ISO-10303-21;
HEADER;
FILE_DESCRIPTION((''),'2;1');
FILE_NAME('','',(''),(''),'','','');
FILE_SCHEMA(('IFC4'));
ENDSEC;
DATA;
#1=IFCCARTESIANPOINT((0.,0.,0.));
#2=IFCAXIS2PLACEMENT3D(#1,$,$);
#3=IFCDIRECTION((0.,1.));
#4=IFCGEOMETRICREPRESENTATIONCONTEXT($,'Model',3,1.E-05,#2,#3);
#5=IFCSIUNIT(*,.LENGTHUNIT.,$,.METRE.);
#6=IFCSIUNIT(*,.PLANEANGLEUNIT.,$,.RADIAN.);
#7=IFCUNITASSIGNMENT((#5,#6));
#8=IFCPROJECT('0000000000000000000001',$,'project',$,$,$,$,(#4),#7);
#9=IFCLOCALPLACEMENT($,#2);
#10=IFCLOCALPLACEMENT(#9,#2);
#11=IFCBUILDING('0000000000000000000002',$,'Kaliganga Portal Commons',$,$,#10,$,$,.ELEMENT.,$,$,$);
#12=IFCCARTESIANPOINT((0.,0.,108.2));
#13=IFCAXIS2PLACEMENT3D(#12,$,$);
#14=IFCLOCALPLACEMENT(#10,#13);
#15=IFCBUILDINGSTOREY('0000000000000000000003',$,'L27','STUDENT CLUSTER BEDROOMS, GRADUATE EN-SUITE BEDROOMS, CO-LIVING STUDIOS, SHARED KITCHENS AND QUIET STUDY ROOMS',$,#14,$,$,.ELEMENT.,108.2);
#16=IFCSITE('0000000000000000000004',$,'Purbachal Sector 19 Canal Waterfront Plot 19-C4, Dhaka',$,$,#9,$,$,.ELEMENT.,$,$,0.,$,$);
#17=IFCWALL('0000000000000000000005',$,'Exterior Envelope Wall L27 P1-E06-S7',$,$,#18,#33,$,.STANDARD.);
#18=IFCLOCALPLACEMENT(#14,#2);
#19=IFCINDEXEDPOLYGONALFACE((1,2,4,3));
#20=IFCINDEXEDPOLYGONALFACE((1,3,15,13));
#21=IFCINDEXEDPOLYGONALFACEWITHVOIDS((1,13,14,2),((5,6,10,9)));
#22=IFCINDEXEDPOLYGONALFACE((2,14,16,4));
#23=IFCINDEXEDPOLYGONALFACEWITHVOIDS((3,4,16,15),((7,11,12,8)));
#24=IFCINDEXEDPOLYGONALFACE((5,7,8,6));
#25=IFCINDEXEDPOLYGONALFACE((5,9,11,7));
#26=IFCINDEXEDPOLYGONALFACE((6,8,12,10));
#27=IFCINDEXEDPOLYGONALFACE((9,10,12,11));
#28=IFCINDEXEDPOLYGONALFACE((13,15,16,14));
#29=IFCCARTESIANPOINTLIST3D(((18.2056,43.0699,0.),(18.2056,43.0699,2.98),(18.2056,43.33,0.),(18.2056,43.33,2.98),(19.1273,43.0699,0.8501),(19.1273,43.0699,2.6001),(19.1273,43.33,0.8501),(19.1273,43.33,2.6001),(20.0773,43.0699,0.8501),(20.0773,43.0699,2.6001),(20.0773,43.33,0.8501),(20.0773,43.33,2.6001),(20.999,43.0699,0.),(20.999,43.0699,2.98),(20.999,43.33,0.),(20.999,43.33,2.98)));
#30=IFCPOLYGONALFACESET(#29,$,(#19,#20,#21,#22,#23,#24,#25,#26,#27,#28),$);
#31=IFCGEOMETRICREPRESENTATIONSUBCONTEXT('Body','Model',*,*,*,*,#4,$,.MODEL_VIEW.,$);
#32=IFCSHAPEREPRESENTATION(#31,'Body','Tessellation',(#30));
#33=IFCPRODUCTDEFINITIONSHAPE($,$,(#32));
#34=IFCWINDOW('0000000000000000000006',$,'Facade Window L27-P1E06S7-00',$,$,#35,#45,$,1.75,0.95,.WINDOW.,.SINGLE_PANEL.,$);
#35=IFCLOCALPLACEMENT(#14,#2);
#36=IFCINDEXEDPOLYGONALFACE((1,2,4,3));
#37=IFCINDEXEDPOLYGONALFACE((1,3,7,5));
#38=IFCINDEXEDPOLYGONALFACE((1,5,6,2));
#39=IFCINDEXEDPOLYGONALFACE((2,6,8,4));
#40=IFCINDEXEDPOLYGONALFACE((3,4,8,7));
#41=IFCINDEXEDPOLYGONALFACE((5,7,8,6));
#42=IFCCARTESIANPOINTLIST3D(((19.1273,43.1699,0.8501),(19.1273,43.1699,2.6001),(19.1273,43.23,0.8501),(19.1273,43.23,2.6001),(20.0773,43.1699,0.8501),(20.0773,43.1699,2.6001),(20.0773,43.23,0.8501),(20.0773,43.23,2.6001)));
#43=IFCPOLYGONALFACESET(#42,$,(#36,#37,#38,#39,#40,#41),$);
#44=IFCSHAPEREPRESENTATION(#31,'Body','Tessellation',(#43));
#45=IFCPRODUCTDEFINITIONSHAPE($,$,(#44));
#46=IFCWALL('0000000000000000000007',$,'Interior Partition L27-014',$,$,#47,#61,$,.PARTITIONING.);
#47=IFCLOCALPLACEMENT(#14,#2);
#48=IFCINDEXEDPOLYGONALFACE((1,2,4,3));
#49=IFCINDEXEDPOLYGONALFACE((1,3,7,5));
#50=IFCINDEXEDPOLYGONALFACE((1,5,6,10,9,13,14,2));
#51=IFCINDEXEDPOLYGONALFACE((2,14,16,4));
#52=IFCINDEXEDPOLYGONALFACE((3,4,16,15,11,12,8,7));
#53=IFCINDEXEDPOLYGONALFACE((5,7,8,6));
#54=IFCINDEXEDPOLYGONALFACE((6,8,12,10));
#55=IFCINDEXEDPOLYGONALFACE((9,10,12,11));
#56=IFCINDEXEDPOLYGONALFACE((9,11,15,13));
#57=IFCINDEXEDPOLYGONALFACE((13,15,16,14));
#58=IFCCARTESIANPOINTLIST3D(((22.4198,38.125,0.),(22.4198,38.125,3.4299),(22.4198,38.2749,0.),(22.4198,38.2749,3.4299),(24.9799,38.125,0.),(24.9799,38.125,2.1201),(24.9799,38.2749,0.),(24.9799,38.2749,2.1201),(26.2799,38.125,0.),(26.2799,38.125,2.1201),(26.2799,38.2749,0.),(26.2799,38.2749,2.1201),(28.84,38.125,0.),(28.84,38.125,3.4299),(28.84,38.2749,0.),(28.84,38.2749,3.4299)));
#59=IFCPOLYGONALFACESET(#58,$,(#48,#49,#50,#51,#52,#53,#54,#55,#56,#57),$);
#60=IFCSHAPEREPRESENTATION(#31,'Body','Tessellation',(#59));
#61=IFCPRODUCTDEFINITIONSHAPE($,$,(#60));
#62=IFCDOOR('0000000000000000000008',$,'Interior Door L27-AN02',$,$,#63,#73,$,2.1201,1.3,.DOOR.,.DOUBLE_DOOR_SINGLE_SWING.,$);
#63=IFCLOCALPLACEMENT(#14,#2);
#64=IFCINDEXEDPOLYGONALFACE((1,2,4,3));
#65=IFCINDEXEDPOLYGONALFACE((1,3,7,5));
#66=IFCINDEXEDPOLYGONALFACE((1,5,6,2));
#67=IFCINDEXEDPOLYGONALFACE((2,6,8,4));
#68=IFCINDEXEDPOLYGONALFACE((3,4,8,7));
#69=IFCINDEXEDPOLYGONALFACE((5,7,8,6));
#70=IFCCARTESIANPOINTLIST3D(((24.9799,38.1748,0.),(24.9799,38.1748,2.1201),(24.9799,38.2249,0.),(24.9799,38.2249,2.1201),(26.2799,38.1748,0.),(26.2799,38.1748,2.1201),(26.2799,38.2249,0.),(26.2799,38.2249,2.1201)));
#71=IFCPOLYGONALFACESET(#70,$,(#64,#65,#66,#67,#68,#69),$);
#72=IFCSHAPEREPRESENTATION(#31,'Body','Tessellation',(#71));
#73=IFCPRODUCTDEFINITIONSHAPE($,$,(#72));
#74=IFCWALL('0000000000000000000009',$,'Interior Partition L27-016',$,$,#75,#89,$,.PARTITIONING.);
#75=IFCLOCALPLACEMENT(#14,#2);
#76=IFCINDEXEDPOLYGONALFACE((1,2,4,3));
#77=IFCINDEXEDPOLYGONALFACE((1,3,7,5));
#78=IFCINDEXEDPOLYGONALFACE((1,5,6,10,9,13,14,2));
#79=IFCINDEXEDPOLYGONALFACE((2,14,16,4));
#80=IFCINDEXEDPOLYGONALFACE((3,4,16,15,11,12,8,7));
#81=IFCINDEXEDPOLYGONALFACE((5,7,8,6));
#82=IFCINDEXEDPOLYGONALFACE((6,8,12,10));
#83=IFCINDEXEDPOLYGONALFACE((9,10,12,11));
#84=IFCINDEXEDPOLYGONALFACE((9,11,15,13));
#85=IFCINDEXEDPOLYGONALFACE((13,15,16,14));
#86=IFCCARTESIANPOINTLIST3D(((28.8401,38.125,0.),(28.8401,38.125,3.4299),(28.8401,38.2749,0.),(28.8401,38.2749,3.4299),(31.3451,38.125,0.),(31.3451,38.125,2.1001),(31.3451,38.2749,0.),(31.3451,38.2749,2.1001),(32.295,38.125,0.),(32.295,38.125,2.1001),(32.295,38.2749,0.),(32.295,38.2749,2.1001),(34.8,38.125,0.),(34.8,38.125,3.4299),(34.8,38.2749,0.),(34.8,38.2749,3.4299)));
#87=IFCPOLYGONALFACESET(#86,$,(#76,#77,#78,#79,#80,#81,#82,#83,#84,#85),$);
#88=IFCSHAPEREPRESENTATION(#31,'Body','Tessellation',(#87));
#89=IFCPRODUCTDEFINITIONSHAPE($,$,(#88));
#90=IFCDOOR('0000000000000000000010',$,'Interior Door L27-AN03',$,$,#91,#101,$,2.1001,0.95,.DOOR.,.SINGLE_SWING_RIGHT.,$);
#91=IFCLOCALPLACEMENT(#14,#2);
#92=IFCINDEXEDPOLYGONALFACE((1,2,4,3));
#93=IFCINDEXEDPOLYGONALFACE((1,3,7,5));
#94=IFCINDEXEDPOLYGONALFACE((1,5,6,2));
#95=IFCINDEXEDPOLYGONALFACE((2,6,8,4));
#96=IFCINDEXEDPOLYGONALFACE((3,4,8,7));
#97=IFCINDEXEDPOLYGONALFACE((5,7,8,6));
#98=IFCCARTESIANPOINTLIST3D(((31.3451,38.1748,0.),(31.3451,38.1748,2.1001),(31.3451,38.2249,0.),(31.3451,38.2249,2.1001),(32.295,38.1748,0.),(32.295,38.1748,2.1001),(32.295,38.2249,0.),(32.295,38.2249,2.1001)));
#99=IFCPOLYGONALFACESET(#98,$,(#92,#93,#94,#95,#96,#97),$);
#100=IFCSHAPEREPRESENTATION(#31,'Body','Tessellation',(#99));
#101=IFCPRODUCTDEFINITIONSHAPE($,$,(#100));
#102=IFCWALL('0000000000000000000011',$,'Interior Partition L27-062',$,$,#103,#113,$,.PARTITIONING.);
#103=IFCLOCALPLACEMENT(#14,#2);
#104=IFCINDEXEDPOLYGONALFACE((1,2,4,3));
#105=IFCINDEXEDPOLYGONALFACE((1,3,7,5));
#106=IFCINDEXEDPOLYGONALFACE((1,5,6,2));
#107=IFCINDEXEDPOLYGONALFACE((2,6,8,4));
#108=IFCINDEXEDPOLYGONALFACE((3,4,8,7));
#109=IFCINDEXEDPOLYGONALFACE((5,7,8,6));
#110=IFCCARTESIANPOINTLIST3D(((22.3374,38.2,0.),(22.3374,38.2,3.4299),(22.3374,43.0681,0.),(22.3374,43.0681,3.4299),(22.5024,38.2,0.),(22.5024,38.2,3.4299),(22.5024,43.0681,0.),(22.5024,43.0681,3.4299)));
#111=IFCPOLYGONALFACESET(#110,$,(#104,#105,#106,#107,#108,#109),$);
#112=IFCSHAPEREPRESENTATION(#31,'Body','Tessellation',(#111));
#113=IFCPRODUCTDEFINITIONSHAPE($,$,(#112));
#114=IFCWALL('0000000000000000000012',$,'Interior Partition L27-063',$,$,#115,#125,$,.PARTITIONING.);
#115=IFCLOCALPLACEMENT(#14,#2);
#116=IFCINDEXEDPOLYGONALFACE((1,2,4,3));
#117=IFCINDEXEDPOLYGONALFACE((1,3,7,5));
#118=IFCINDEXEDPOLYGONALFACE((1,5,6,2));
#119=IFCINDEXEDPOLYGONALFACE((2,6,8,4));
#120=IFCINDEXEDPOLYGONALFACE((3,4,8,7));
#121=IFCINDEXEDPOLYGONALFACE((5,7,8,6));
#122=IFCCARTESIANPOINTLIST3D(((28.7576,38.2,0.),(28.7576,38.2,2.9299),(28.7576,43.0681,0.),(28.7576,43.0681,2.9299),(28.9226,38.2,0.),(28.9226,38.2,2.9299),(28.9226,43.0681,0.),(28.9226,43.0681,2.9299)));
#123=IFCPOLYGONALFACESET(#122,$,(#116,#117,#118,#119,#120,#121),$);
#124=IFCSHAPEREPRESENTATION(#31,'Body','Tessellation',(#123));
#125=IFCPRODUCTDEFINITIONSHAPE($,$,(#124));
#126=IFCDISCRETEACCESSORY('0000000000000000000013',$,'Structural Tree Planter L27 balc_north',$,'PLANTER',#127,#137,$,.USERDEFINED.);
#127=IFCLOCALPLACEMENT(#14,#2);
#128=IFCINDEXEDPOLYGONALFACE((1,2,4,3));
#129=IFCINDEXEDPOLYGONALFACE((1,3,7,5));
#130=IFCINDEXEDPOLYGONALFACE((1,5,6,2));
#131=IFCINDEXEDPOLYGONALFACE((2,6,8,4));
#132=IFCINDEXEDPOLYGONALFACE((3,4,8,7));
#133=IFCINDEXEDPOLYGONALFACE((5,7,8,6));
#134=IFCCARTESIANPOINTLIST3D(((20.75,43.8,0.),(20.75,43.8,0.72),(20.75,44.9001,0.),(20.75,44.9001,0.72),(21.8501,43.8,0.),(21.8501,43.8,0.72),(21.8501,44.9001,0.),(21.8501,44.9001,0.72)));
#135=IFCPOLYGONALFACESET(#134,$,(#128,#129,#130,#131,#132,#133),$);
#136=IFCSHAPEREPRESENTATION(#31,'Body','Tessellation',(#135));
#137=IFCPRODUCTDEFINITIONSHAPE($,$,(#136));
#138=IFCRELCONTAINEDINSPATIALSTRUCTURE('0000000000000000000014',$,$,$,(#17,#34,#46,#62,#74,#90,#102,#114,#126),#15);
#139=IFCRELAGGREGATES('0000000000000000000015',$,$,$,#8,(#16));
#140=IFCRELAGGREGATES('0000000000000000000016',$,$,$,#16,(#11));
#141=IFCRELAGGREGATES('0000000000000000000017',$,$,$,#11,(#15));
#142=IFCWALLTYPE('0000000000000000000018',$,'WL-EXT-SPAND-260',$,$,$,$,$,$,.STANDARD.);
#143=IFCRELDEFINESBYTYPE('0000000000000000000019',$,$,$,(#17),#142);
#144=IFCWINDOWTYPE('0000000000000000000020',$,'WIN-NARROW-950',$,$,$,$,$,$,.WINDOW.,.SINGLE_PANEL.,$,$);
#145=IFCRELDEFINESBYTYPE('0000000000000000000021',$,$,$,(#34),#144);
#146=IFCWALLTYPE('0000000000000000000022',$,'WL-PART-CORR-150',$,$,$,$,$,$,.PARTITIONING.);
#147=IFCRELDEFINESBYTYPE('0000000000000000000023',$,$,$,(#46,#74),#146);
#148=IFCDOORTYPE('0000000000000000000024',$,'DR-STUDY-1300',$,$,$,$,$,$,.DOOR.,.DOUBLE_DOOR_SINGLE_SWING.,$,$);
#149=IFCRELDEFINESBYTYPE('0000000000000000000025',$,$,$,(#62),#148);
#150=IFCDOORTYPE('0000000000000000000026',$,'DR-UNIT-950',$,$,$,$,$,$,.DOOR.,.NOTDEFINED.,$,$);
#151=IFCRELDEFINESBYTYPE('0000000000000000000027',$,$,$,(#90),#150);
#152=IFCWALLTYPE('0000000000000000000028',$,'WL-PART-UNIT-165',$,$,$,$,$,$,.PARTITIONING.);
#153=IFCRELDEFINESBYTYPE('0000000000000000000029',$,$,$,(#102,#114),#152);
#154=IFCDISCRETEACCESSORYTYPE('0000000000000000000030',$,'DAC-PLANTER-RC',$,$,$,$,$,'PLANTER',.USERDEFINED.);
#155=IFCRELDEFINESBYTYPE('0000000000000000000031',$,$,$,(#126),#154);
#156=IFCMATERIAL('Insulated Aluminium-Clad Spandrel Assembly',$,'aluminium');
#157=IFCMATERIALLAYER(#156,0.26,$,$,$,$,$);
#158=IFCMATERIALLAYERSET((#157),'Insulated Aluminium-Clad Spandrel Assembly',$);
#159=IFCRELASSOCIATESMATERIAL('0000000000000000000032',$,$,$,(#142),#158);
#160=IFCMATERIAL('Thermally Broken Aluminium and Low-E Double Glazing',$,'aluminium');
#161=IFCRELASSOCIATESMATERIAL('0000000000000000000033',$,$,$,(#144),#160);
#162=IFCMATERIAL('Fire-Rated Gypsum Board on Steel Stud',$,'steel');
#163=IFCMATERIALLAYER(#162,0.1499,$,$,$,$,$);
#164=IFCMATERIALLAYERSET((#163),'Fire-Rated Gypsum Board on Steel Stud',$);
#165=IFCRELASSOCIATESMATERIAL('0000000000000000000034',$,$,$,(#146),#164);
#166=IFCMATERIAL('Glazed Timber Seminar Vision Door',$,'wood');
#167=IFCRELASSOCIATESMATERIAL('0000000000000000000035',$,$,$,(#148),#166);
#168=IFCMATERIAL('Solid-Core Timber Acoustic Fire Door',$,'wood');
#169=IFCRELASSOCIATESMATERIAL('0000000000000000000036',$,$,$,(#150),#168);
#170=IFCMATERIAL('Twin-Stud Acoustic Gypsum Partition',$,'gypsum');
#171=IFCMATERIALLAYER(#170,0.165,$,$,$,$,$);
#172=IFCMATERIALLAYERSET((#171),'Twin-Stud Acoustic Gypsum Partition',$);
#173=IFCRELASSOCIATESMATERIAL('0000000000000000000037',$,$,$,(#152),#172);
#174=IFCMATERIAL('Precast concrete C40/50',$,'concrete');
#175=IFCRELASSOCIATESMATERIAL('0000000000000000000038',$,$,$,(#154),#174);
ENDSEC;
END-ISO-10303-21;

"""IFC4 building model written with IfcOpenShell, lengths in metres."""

from ifc_helpers import new_model, si_unit, direction, frame, frame_2d, origin, origin_2d, place, context, subcontext, project, spatial, rectangle, extrude, source, transform, mapped, material, layer, layer_set, type_object, element, fill, save


model = new_model("IFC4")

# Units and contexts
model_context = context("Model", 3, precision=1e-05, world=origin(), true_north=direction((0.0, 1.0)))
body_context = subcontext(model_context, "Body", "Model", "MODEL_VIEW")
ifc_project = project(units=[si_unit("LENGTHUNIT", "METRE"), si_unit("PLANEANGLEUNIT", "RADIAN")], contexts=[model_context])

# Site, building, storey
site_placement = place(None, origin())
site = spatial("IfcSite", under=ifc_project, at=site_placement, Name="Purbachal Sector 19 Canal Waterfront Plot 19-C4, Dhaka", CompositionType="ELEMENT", RefElevation=0.0)
building_placement = place(site_placement, origin())
building = spatial("IfcBuilding", under=site, at=building_placement, Name="Kaliganga Portal Commons", CompositionType="ELEMENT")
storey_placement = place(building_placement, frame((0.0, 0.0, 108.2)))
storey = spatial("IfcBuildingStorey", under=building, at=storey_placement, Name="L27", Description="STUDENT CLUSTER BEDROOMS, GRADUATE EN-SUITE BEDROOMS, CO-LIVING STUDIOS, SHARED KITCHENS AND QUIET STUDY ROOMS", CompositionType="ELEMENT", Elevation=108.2)

# Wall, opening, window
ifc_material_1 = material(Name="Insulated Aluminium-Clad Spandrel Assembly", Category="aluminium")
ifc_layer_1 = layer(ifc_material_1, 0.26)
ifc_layer_set_1 = layer_set([ifc_layer_1], Name="Insulated Aluminium-Clad Spandrel Assembly")
wall_type_1 = type_object("IfcWallType", Name="WL-EXT-SPAND-260", PredefinedType="STANDARD", material=ifc_layer_set_1)
ifc_material_2 = material(Name="Thermally Broken Aluminium and Low-E Double Glazing", Category="aluminium")
window_type = type_object("IfcWindowType", Name="WIN-NARROW-950", PartitioningType="SINGLE_PANEL", PredefinedType="WINDOW", material=ifc_material_2)
wall_1_placement = place(storey_placement, frame((18.2056, 43.2, 0.0), z_axis=(0.0, 0.0, 1.0), x_axis=(1.0, 0.0, 0.0)))
wall_1 = element("IfcWall", 1, at=wall_1_placement, inside=storey, type_object=wall_type_1, Name="Exterior Envelope Wall L27 P1-E06-S7", PredefinedType="STANDARD", context=body_context, shape_type="SweptSolid", body=[
    extrude(rectangle(XDim=2.7935, YDim=0.26, at=frame_2d((1.3967, 0.0))), origin(), (0.0, 0.0, 1.0), 2.98),
])
opening_1_placement = place(wall_1_placement, frame((0.9216, 0.0, 0.8501)))
opening_1 = element("IfcOpeningElement", 2, at=opening_1_placement, cuts=wall_1, PredefinedType="OPENING", context=body_context, shape_type="SweptSolid", body=[
    extrude(rectangle(XDim=0.95, YDim=1.75, at=frame_2d((0.4751, 0.875))), frame((0.0, 0.1401, 0.0), z_axis=(0.0, -1.0, 0.0), x_axis=(1.0, 0.0, 0.0)), (0.0, 0.0, 1.0), 0.28),
])
window_1_placement = place(opening_1_placement, origin())
window_1 = element("IfcWindow", 3, at=window_1_placement, inside=storey, type_object=window_type, Name="Facade Window L27-P1E06S7-00", OverallHeight=1.75, OverallWidth=0.95, PartitioningType="SINGLE_PANEL", PredefinedType="WINDOW", context=body_context, shape_type="SweptSolid", body=[
    extrude(rectangle(XDim=0.95, YDim=1.75, at=frame_2d((0.4751, 0.875))), frame((0.0, 0.03, 0.0), z_axis=(0.0, -1.0, 0.0), x_axis=(1.0, 0.0, 0.0)), (0.0, 0.0, 1.0), 0.0601),
])
fill(opening_1, window_1)

# Walls, openings, doors
ifc_material_3 = material(Name="Fire-Rated Gypsum Board on Steel Stud", Category="steel")
ifc_layer_2 = layer(ifc_material_3, 0.1499)
ifc_layer_set_2 = layer_set([ifc_layer_2], Name="Fire-Rated Gypsum Board on Steel Stud")
wall_type_2 = type_object("IfcWallType", Name="WL-PART-CORR-150", PredefinedType="PARTITIONING", material=ifc_layer_set_2)
wall_2_placement = place(storey_placement, frame((22.4199, 38.2, 0.0), z_axis=(0.0, 0.0, 1.0), x_axis=(1.0, 0.0, 0.0)))
wall_2 = element("IfcWall", 4, at=wall_2_placement, inside=storey, type_object=wall_type_2, Name="Interior Partition L27-014", PredefinedType="PARTITIONING", context=body_context, shape_type="SweptSolid", body=[
    extrude(rectangle(XDim=6.4202, YDim=0.1499, at=frame_2d((3.21, 0.0))), origin(), (0.0, 0.0, 1.0), 3.4299),
])
opening_2_placement = place(wall_2_placement, frame((2.5601, 0.0, 0.0)))
opening_2 = element("IfcOpeningElement", 5, at=opening_2_placement, cuts=wall_2, PredefinedType="OPENING", context=body_context, shape_type="SweptSolid", body=[
    extrude(rectangle(XDim=1.3, YDim=2.1201, at=frame_2d((0.6499, 1.0601))), frame((0.0, 0.085, 0.0), z_axis=(0.0, -1.0, 0.0), x_axis=(1.0, 0.0, 0.0)), (0.0, 0.0, 1.0), 0.1699),
])
ifc_material_4 = material(Name="Glazed Timber Seminar Vision Door", Category="wood")
door_type_1 = type_object("IfcDoorType", Name="DR-STUDY-1300", OperationType="DOUBLE_DOOR_SINGLE_SWING", PredefinedType="DOOR", material=ifc_material_4)
door_1_placement = place(opening_2_placement, origin())
door_1 = element("IfcDoor", 6, at=door_1_placement, inside=storey, type_object=door_type_1, Name="Interior Door L27-AN02", OperationType="DOUBLE_DOOR_SINGLE_SWING", OverallHeight=2.1201, OverallWidth=1.3, PredefinedType="DOOR", context=body_context, shape_type="SweptSolid", body=[
    extrude(rectangle(XDim=1.3, YDim=2.1201, at=frame_2d((0.6499, 1.0601))), frame((0.0, 0.0249, 0.0), z_axis=(0.0, -1.0, 0.0), x_axis=(1.0, 0.0, 0.0)), (0.0, 0.0, 1.0), 0.05),
])
fill(opening_2, door_1)
wall_3_placement = place(storey_placement, frame((28.8401, 38.2, 0.0), z_axis=(0.0, 0.0, 1.0), x_axis=(1.0, 0.0, 0.0)))
wall_3 = element("IfcWall", 7, at=wall_3_placement, inside=storey, type_object=wall_type_2, Name="Interior Partition L27-016", PredefinedType="PARTITIONING", context=body_context, shape_type="SweptSolid", body=[
    extrude(rectangle(XDim=5.96, YDim=0.1499, at=frame_2d((2.98, 0.0))), origin(), (0.0, 0.0, 1.0), 3.4299),
])
opening_3_placement = place(wall_3_placement, frame((2.5049, 0.0, 0.0)))
opening_3 = element("IfcOpeningElement", 8, at=opening_3_placement, cuts=wall_3, PredefinedType="OPENING", context=body_context, shape_type="SweptSolid", body=[
    extrude(rectangle(XDim=0.95, YDim=2.1001, at=frame_2d((0.4751, 1.05))), frame((0.0, 0.085, 0.0), z_axis=(0.0, -1.0, 0.0), x_axis=(1.0, 0.0, 0.0)), (0.0, 0.0, 1.0), 0.1699),
])
ifc_material_5 = material(Name="Solid-Core Timber Acoustic Fire Door", Category="wood")
door_type_2 = type_object("IfcDoorType", Name="DR-UNIT-950", OperationType="NOTDEFINED", PredefinedType="DOOR", material=ifc_material_5)
door_2_placement = place(opening_3_placement, origin())
door_2 = element("IfcDoor", 9, at=door_2_placement, inside=storey, type_object=door_type_2, Name="Interior Door L27-AN03", OperationType="SINGLE_SWING_RIGHT", OverallHeight=2.1001, OverallWidth=0.95, PredefinedType="DOOR", context=body_context, shape_type="SweptSolid", body=[
    extrude(rectangle(XDim=0.95, YDim=2.1001, at=frame_2d((0.4751, 1.05))), frame((0.0, 0.0249, 0.0), z_axis=(0.0, -1.0, 0.0), x_axis=(1.0, 0.0, 0.0)), (0.0, 0.0, 1.0), 0.05),
])
fill(opening_3, door_2)

# Walls
ifc_material_6 = material(Name="Twin-Stud Acoustic Gypsum Partition", Category="gypsum")
ifc_layer_3 = layer(ifc_material_6, 0.165)
ifc_layer_set_3 = layer_set([ifc_layer_3], Name="Twin-Stud Acoustic Gypsum Partition")
wall_type_3 = type_object("IfcWallType", Name="WL-PART-UNIT-165", PredefinedType="PARTITIONING", material=ifc_layer_set_3)
wall_4_placement = place(storey_placement, frame((22.4199, 38.2, 0.0), z_axis=(0.0, 0.0, 1.0), x_axis=(0.0, 1.0, 0.0)))
element("IfcWall", 10, at=wall_4_placement, inside=storey, type_object=wall_type_3, Name="Interior Partition L27-062", PredefinedType="PARTITIONING", context=body_context, shape_type="SweptSolid", body=[
    extrude(rectangle(XDim=4.8682, YDim=0.165, at=frame_2d((2.4341, 0.0))), origin(), (0.0, 0.0, 1.0), 3.4299),
])
wall_5_placement = place(storey_placement, frame((28.8401, 38.2, 0.0), z_axis=(0.0, 0.0, 1.0), x_axis=(0.0, 1.0, 0.0)))
element("IfcWall", 11, at=wall_5_placement, inside=storey, type_object=wall_type_3, Name="Interior Partition L27-063", PredefinedType="PARTITIONING", context=body_context, shape_type="SweptSolid", body=[
    extrude(rectangle(XDim=4.8682, YDim=0.165, at=frame_2d((2.4341, 0.0))), origin(), (0.0, 0.0, 1.0), 2.9299),
])

# Discrete accessory
ifc_material_7 = material(Name="Precast concrete C40/50", Category="concrete")
discrete_accessory_type = type_object("IfcDiscreteAccessoryType", Name="DAC-PLANTER-RC", ElementType="PLANTER", PredefinedType="USERDEFINED", material=ifc_material_7)
shared_shape_1 = source(origin(), body_context, "Body", "SweptSolid", [
    extrude(rectangle(XDim=1.1001, YDim=1.1001, at=origin_2d()), origin(), (0.0, 0.0, 1.0), 0.72),
])
discrete_accessory_placement = place(storey_placement, frame((21.3, 44.3501, 0.0), z_axis=(0.0, 0.0, 1.0), x_axis=(1.0, 0.0, 0.0)))
element("IfcDiscreteAccessory", 12, at=discrete_accessory_placement, inside=storey, type_object=discrete_accessory_type, Name="Structural Tree Planter L27 balc_north", ObjectType="PLANTER", PredefinedType="USERDEFINED", context=body_context, shape_type="MappedRepresentation", body=[
    mapped(shared_shape_1, transform((0.0, 0.0, 0.0), x_axis=(1.0, 0.0, 0.0), y_axis=(0.0, 1.0, 0.0), z_axis=(0.0, 0.0, 1.0), scale=1.0)),
])

save(model, "model.ifc")
